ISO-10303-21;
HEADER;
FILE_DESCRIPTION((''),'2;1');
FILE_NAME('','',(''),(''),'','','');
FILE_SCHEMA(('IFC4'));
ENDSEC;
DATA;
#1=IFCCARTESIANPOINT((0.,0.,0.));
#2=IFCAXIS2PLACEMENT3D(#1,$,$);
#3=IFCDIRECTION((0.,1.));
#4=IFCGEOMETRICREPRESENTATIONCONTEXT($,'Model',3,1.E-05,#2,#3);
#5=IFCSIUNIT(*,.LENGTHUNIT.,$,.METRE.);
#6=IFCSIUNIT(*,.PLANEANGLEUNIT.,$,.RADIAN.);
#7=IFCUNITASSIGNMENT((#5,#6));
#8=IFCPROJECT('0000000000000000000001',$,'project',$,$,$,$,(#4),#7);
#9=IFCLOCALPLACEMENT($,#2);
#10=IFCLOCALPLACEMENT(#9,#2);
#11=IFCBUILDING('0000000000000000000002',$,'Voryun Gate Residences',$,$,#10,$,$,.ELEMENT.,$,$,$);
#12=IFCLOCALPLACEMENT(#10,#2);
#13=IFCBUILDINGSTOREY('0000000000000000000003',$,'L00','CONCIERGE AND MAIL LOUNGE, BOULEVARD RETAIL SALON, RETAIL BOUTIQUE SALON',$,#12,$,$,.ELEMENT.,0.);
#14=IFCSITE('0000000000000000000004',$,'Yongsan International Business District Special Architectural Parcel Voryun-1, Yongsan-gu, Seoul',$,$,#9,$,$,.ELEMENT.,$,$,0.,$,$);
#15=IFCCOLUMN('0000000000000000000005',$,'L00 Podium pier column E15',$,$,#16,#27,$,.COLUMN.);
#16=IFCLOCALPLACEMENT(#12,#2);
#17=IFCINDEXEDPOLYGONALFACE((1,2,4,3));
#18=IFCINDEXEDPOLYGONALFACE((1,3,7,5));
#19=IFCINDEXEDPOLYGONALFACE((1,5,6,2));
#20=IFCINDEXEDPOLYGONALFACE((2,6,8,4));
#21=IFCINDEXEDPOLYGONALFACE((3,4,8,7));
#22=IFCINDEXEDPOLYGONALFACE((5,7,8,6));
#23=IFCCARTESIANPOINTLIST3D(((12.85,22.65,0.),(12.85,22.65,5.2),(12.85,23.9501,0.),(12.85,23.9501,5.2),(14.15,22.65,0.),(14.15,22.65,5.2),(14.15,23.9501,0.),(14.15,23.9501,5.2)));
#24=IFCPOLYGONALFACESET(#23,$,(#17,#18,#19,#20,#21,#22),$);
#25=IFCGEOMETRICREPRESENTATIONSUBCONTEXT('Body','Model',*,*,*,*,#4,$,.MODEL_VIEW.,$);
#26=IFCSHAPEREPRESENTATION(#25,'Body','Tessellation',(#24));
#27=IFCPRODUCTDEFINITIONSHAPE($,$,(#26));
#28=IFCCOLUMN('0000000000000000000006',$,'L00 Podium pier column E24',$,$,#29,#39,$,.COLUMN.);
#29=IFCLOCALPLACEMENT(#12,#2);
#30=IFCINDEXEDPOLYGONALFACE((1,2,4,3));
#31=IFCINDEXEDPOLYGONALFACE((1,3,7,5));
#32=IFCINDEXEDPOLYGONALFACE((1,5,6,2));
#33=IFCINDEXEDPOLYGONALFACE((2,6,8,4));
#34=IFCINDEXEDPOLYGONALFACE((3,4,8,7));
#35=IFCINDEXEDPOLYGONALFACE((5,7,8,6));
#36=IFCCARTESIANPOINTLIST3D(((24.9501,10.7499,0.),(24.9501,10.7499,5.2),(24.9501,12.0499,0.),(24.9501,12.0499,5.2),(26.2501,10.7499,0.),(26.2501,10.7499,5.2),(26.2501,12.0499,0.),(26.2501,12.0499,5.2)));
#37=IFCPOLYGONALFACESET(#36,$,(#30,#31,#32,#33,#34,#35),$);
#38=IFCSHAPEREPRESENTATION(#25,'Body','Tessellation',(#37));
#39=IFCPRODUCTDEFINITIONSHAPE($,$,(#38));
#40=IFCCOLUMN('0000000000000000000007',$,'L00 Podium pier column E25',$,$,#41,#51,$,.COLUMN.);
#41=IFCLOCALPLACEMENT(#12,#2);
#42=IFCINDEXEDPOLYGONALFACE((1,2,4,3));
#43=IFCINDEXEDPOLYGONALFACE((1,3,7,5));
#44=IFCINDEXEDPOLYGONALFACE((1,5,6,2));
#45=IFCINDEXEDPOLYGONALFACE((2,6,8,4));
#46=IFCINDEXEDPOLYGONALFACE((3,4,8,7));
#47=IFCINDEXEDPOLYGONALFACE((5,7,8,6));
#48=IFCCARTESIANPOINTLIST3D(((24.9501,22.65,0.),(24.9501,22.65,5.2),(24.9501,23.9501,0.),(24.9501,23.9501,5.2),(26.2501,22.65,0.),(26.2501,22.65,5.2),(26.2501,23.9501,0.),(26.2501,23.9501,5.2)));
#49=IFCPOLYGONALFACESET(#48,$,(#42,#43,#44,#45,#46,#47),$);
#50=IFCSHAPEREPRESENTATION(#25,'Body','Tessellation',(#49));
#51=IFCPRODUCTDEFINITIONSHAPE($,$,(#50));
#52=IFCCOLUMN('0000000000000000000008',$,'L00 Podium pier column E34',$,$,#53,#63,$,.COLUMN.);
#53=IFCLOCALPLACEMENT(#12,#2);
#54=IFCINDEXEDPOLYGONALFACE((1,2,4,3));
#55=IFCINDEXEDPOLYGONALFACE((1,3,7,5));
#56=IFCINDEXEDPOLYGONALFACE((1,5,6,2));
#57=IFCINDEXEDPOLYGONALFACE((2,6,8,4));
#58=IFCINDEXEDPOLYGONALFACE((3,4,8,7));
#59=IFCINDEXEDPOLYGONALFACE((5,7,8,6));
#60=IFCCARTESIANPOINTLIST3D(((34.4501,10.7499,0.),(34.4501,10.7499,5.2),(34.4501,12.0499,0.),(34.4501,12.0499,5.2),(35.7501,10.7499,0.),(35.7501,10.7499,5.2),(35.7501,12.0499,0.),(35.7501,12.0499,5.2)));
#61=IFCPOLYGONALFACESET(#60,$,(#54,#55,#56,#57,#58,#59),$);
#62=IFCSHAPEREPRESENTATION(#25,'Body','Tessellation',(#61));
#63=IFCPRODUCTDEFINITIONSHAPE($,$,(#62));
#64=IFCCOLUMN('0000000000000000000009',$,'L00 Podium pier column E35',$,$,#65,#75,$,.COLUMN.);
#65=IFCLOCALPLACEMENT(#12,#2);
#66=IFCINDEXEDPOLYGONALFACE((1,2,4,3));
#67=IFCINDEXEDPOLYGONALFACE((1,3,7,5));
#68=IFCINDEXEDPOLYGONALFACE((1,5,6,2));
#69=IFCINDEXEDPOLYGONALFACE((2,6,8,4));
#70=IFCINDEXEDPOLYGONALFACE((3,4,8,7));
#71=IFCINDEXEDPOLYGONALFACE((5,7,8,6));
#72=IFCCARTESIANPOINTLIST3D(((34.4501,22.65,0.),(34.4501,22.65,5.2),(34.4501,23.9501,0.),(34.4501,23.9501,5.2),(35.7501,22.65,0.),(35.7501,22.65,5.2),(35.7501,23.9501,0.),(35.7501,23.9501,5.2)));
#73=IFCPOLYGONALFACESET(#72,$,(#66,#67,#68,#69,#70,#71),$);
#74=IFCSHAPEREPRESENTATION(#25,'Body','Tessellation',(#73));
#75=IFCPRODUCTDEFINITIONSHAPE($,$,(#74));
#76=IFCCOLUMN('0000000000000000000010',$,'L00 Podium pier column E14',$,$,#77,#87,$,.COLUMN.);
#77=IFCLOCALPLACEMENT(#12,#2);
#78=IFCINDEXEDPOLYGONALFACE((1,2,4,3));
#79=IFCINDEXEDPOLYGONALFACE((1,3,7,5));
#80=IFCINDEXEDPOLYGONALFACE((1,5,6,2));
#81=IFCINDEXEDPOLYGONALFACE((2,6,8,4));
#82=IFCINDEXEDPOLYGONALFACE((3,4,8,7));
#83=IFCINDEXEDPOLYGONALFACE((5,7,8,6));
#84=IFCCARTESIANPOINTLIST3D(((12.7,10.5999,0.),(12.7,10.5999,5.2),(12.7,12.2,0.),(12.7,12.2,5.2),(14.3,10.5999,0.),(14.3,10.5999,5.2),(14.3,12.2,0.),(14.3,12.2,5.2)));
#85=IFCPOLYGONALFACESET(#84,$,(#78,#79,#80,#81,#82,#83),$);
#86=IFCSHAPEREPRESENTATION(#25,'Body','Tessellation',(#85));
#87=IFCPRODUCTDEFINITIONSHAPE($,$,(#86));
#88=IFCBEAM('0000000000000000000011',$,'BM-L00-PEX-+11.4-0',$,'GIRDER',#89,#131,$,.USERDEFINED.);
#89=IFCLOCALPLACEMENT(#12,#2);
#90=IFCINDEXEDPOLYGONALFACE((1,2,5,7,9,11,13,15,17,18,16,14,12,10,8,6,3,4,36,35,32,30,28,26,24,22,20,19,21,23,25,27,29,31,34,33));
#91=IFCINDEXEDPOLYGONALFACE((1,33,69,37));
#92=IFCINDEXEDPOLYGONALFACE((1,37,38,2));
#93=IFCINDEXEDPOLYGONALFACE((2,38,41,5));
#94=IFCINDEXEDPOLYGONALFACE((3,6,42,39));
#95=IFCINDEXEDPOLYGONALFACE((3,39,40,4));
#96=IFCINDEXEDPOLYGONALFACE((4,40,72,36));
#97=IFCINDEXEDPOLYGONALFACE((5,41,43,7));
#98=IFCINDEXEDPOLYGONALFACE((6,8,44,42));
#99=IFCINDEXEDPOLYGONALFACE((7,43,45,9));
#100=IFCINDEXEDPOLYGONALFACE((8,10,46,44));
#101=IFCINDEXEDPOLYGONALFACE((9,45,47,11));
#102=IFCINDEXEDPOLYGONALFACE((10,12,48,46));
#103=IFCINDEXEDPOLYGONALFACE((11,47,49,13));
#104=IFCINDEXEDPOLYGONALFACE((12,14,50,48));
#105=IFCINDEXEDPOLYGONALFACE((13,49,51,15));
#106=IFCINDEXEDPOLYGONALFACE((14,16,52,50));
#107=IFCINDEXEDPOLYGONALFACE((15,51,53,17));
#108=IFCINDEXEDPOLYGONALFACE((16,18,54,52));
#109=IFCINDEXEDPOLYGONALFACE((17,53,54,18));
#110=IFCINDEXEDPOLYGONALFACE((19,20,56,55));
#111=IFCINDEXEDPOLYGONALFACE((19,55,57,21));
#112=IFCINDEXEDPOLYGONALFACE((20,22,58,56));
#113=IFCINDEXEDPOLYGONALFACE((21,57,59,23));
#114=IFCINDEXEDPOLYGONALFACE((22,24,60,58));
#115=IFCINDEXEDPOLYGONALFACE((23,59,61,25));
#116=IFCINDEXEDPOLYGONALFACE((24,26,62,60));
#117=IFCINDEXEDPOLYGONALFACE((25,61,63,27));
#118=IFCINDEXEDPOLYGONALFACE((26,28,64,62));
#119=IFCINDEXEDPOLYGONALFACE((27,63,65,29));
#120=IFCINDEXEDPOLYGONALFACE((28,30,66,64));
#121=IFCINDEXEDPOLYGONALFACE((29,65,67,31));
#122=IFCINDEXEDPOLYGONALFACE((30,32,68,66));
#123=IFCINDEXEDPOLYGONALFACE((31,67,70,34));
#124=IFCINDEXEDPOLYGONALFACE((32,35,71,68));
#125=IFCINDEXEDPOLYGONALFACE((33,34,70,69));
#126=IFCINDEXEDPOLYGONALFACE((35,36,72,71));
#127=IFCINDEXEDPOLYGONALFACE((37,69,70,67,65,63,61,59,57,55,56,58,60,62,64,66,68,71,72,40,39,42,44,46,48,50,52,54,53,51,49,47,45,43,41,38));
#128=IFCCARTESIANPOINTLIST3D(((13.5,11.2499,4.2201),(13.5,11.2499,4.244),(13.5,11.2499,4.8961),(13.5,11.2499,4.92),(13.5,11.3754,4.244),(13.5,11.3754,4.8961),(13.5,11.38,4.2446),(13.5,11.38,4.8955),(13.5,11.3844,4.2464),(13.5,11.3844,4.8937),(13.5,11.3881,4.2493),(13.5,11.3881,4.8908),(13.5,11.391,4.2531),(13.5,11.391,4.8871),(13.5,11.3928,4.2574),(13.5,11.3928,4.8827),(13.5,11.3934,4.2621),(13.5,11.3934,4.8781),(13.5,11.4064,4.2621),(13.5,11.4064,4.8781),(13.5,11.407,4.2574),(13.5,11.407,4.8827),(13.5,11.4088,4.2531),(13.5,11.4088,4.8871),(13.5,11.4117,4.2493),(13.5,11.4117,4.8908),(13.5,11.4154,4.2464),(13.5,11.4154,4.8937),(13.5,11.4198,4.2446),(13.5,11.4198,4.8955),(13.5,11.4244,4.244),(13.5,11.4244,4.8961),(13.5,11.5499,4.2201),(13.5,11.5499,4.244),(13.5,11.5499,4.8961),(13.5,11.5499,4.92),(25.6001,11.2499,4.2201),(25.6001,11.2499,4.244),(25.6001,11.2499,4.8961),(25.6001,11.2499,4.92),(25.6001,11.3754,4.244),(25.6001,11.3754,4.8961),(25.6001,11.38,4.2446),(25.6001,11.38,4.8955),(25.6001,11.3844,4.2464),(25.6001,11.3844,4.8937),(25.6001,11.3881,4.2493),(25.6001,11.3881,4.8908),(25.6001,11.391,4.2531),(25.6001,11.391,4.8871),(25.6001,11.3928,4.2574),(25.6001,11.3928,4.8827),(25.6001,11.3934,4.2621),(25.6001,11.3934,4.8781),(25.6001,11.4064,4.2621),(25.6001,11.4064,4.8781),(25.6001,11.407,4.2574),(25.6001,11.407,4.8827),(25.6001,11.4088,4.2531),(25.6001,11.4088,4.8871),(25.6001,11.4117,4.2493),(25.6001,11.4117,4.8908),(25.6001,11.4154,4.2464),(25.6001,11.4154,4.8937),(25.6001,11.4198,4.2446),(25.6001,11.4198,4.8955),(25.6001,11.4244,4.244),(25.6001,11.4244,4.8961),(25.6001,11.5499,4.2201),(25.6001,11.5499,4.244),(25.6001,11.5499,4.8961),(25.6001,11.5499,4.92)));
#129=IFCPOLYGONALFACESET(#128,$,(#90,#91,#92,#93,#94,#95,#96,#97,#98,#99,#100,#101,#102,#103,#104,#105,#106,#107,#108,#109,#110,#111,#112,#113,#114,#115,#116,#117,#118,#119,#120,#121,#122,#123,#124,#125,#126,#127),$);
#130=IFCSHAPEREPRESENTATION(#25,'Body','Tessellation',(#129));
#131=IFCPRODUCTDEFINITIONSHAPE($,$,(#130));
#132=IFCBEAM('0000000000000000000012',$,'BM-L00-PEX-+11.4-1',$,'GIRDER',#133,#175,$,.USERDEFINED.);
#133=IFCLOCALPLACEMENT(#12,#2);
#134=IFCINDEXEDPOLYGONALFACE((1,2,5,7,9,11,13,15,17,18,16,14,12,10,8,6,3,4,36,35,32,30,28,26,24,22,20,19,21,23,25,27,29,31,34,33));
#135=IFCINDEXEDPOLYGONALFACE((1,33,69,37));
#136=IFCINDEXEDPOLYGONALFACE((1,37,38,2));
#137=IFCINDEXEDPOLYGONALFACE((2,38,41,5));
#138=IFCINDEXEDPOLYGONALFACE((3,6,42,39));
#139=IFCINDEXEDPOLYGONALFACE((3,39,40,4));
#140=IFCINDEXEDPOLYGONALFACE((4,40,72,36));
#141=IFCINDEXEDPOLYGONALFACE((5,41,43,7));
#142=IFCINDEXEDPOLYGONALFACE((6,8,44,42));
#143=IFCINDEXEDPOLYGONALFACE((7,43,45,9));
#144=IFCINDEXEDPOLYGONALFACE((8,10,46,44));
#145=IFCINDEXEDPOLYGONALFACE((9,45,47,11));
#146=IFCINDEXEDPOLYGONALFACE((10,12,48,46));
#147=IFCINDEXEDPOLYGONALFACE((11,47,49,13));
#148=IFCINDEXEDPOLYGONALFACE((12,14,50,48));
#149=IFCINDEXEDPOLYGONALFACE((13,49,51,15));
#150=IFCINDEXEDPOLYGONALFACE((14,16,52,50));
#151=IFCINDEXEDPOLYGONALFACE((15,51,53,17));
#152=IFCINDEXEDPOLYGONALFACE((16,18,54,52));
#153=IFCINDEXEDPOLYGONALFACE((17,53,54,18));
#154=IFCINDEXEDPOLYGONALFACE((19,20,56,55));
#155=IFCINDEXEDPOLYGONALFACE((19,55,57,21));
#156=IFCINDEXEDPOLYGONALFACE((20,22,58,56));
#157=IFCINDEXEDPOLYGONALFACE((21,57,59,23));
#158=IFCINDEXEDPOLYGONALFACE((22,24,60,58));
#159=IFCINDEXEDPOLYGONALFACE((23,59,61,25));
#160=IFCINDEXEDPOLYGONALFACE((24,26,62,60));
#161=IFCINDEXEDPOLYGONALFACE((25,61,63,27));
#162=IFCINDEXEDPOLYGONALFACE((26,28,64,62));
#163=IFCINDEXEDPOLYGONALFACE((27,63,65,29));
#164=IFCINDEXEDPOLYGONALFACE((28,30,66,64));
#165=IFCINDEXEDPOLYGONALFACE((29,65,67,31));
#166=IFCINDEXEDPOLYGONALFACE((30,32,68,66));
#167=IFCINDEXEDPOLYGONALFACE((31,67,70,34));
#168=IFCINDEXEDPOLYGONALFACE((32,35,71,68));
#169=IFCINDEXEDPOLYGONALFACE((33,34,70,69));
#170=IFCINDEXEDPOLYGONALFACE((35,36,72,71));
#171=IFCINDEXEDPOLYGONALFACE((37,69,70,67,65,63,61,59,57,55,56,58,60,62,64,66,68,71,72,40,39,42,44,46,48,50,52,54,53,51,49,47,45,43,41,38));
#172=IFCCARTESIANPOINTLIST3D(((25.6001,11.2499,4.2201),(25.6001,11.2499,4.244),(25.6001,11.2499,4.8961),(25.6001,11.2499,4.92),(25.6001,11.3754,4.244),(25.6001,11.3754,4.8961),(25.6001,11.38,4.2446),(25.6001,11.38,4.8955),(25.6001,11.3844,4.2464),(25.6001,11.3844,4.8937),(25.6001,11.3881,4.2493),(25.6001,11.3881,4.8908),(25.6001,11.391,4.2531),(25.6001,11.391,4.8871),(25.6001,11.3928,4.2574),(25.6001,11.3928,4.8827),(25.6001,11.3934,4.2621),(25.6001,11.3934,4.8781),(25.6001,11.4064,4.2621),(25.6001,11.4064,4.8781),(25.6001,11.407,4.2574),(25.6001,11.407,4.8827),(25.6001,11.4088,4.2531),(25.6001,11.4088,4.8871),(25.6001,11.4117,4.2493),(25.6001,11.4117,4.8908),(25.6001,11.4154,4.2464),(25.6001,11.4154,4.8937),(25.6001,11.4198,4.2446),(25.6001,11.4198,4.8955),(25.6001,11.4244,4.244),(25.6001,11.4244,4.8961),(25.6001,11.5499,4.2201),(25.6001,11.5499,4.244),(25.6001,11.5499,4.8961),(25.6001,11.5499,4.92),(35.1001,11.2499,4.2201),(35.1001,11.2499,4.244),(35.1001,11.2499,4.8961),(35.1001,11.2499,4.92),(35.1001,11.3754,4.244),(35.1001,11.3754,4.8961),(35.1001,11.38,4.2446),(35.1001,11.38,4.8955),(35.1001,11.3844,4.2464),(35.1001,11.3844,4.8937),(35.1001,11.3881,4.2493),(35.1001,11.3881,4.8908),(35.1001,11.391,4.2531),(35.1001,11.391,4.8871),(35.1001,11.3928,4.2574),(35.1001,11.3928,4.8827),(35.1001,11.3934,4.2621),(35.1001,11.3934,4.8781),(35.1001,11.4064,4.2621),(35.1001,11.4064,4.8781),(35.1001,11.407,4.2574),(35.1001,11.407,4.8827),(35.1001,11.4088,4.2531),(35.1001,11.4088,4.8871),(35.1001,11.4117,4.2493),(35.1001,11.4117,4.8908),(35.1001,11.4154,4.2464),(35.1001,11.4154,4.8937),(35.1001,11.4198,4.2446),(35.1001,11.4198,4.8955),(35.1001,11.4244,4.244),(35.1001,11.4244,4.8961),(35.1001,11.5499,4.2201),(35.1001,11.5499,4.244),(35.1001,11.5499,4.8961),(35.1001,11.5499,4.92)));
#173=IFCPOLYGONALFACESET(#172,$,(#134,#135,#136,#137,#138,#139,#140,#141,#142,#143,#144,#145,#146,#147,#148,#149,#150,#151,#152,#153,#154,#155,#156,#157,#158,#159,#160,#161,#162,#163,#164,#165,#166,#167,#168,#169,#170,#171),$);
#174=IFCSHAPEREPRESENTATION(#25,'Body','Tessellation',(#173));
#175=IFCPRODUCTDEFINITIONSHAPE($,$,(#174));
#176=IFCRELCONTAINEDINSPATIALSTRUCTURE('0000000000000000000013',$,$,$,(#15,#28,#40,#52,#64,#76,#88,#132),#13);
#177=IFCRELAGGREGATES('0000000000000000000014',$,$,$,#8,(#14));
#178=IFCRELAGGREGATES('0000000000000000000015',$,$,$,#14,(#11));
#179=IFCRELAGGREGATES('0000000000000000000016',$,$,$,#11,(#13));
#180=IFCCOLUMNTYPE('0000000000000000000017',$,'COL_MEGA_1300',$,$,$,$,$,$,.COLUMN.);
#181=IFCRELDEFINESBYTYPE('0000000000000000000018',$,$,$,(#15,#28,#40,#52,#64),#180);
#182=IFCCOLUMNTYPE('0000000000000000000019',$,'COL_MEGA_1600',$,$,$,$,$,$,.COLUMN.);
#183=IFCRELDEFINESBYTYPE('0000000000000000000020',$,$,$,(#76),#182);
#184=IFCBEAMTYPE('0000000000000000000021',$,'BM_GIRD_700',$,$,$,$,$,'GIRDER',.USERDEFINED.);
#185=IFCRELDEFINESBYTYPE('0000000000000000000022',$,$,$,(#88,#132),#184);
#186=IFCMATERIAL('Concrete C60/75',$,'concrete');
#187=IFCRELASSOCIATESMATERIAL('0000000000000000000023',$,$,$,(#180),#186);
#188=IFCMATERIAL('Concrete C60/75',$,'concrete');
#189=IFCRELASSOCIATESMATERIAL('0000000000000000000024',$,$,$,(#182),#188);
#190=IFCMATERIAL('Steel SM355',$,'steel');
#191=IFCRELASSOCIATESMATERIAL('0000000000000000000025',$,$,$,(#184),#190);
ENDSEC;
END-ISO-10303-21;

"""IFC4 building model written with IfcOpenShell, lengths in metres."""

from ifc_helpers import new_model, si_unit, direction, frame, origin, origin_2d, place, context, subcontext, project, spatial, rectangle, i_section, extrude, material, material_profile, profile_set, type_object, element, save


model = new_model("IFC4")

# Units and contexts
model_context = context("Model", 3, precision=1e-05, world=origin(), true_north=direction((0.0, 1.0)))
body_context = subcontext(model_context, "Body", "Model", "MODEL_VIEW")
ifc_project = project(units=[si_unit("LENGTHUNIT", "METRE"), si_unit("PLANEANGLEUNIT", "RADIAN")], contexts=[model_context])

# Site, building, storey
site_placement = place(None, origin())
site = spatial("IfcSite", under=ifc_project, at=site_placement, Name="Yongsan International Business District Special Architectural Parcel Voryun-1, Yongsan-gu, Seoul", CompositionType="ELEMENT", RefElevation=0.0)
building_placement = place(site_placement, origin())
building = spatial("IfcBuilding", under=site, at=building_placement, Name="Voryun Gate Residences", CompositionType="ELEMENT")
storey_placement = place(building_placement, origin())
storey = spatial("IfcBuildingStorey", under=building, at=storey_placement, Name="L00", Description="CONCIERGE AND MAIL LOUNGE, BOULEVARD RETAIL SALON, RETAIL BOUTIQUE SALON", CompositionType="ELEMENT", Elevation=0.0)

# Columns
ifc_material_1 = material(Name="Concrete C60/75", Category="concrete")
ifc_material_profile_1 = material_profile(ifc_material_1, rectangle(XDim=1.3, YDim=1.3, at=origin_2d()), Name="RC-1300x1300")
ifc_profile_set_1 = profile_set([ifc_material_profile_1], Name="Concrete C60/75")
column_type_1 = type_object("IfcColumnType", Name="COL_MEGA_1300", PredefinedType="COLUMN", material=ifc_profile_set_1)
for number, where, z_axis, x_axis, name in (
    (1, (13.5, 23.3, 0.0), (0.0, 0.0, 1.0), (1.0, 0.0, 0.0), "L00 Podium pier column E15"),
    (2, (25.6001, 11.3999, 0.0), (0.0, 0.0, 1.0), (1.0, 0.0, 0.0), "L00 Podium pier column E24"),
    (3, (25.6001, 23.3, 0.0), (0.0, 0.0, 1.0), (1.0, 0.0, 0.0), "L00 Podium pier column E25"),
    (4, (35.1001, 11.3999, 0.0), (0.0, 0.0, 1.0), (1.0, 0.0, 0.0), "L00 Podium pier column E34"),
    (5, (35.1001, 23.3, 0.0), (0.0, 0.0, 1.0), (1.0, 0.0, 0.0), "L00 Podium pier column E35"),
):
    element("IfcColumn", number, at=place(storey_placement, frame(where, z_axis=z_axis, x_axis=x_axis)), inside=storey, type_object=column_type_1, Name=name, PredefinedType="COLUMN", context=body_context, shape_type="SweptSolid", body=[
        extrude(rectangle(XDim=1.3, YDim=1.3, at=origin_2d()), origin(), (0.0, 0.0, 1.0), 5.2),
    ])
ifc_material_2 = material(Name="Concrete C60/75", Category="concrete")
ifc_material_profile_2 = material_profile(ifc_material_2, rectangle(XDim=1.6001, YDim=1.6001, at=origin_2d()), Name="RC-1600x1600")
ifc_profile_set_2 = profile_set([ifc_material_profile_2], Name="Concrete C60/75")
column_type_2 = type_object("IfcColumnType", Name="COL_MEGA_1600", PredefinedType="COLUMN", material=ifc_profile_set_2)
column_placement = place(storey_placement, frame((13.5, 11.3999, 0.0), z_axis=(0.0, 0.0, 1.0), x_axis=(1.0, 0.0, 0.0)))
element("IfcColumn", 6, at=column_placement, inside=storey, type_object=column_type_2, Name="L00 Podium pier column E14", PredefinedType="COLUMN", context=body_context, shape_type="SweptSolid", body=[
    extrude(rectangle(XDim=1.6001, YDim=1.6001, at=origin_2d()), origin(), (0.0, 0.0, 1.0), 5.2),
])

# Beams
ifc_material_3 = material(Name="Steel SM355", Category="steel")
ifc_material_profile_3 = material_profile(ifc_material_3, i_section(OverallWidth=0.3, OverallDepth=0.7, WebThickness=0.0129, FlangeThickness=0.0239, FilletRadius=0.0181, at=origin_2d()), Name="H-700x300x13x24")
ifc_profile_set_3 = profile_set([ifc_material_profile_3], Name="Steel SM355")
beam_type = type_object("IfcBeamType", Name="BM_GIRD_700", ElementType="GIRDER", PredefinedType="USERDEFINED", material=ifc_profile_set_3)
beam_1_placement = place(storey_placement, frame((13.5, 11.3999, 4.5701), z_axis=(1.0, 0.0, 0.0), x_axis=(0.0, 1.0, 0.0)))
element("IfcBeam", 7, at=beam_1_placement, inside=storey, type_object=beam_type, Name="BM-L00-PEX-+11.4-0", ObjectType="GIRDER", PredefinedType="USERDEFINED", context=body_context, shape_type="SweptSolid", body=[
    extrude(i_section(OverallWidth=0.3, OverallDepth=0.7, WebThickness=0.0129, FlangeThickness=0.0239, FilletRadius=0.0181, at=origin_2d()), origin(), (0.0, 0.0, 1.0), 12.1001),
])
beam_2_placement = place(storey_placement, frame((25.6001, 11.3999, 4.5701), z_axis=(1.0, 0.0, 0.0), x_axis=(0.0, 1.0, 0.0)))
element("IfcBeam", 8, at=beam_2_placement, inside=storey, type_object=beam_type, Name="BM-L00-PEX-+11.4-1", ObjectType="GIRDER", PredefinedType="USERDEFINED", context=body_context, shape_type="SweptSolid", body=[
    extrude(i_section(OverallWidth=0.3, OverallDepth=0.7, WebThickness=0.0129, FlangeThickness=0.0239, FilletRadius=0.0181, at=origin_2d()), origin(), (0.0, 0.0, 1.0), 9.5),
])

save(model, "model.ifc")
